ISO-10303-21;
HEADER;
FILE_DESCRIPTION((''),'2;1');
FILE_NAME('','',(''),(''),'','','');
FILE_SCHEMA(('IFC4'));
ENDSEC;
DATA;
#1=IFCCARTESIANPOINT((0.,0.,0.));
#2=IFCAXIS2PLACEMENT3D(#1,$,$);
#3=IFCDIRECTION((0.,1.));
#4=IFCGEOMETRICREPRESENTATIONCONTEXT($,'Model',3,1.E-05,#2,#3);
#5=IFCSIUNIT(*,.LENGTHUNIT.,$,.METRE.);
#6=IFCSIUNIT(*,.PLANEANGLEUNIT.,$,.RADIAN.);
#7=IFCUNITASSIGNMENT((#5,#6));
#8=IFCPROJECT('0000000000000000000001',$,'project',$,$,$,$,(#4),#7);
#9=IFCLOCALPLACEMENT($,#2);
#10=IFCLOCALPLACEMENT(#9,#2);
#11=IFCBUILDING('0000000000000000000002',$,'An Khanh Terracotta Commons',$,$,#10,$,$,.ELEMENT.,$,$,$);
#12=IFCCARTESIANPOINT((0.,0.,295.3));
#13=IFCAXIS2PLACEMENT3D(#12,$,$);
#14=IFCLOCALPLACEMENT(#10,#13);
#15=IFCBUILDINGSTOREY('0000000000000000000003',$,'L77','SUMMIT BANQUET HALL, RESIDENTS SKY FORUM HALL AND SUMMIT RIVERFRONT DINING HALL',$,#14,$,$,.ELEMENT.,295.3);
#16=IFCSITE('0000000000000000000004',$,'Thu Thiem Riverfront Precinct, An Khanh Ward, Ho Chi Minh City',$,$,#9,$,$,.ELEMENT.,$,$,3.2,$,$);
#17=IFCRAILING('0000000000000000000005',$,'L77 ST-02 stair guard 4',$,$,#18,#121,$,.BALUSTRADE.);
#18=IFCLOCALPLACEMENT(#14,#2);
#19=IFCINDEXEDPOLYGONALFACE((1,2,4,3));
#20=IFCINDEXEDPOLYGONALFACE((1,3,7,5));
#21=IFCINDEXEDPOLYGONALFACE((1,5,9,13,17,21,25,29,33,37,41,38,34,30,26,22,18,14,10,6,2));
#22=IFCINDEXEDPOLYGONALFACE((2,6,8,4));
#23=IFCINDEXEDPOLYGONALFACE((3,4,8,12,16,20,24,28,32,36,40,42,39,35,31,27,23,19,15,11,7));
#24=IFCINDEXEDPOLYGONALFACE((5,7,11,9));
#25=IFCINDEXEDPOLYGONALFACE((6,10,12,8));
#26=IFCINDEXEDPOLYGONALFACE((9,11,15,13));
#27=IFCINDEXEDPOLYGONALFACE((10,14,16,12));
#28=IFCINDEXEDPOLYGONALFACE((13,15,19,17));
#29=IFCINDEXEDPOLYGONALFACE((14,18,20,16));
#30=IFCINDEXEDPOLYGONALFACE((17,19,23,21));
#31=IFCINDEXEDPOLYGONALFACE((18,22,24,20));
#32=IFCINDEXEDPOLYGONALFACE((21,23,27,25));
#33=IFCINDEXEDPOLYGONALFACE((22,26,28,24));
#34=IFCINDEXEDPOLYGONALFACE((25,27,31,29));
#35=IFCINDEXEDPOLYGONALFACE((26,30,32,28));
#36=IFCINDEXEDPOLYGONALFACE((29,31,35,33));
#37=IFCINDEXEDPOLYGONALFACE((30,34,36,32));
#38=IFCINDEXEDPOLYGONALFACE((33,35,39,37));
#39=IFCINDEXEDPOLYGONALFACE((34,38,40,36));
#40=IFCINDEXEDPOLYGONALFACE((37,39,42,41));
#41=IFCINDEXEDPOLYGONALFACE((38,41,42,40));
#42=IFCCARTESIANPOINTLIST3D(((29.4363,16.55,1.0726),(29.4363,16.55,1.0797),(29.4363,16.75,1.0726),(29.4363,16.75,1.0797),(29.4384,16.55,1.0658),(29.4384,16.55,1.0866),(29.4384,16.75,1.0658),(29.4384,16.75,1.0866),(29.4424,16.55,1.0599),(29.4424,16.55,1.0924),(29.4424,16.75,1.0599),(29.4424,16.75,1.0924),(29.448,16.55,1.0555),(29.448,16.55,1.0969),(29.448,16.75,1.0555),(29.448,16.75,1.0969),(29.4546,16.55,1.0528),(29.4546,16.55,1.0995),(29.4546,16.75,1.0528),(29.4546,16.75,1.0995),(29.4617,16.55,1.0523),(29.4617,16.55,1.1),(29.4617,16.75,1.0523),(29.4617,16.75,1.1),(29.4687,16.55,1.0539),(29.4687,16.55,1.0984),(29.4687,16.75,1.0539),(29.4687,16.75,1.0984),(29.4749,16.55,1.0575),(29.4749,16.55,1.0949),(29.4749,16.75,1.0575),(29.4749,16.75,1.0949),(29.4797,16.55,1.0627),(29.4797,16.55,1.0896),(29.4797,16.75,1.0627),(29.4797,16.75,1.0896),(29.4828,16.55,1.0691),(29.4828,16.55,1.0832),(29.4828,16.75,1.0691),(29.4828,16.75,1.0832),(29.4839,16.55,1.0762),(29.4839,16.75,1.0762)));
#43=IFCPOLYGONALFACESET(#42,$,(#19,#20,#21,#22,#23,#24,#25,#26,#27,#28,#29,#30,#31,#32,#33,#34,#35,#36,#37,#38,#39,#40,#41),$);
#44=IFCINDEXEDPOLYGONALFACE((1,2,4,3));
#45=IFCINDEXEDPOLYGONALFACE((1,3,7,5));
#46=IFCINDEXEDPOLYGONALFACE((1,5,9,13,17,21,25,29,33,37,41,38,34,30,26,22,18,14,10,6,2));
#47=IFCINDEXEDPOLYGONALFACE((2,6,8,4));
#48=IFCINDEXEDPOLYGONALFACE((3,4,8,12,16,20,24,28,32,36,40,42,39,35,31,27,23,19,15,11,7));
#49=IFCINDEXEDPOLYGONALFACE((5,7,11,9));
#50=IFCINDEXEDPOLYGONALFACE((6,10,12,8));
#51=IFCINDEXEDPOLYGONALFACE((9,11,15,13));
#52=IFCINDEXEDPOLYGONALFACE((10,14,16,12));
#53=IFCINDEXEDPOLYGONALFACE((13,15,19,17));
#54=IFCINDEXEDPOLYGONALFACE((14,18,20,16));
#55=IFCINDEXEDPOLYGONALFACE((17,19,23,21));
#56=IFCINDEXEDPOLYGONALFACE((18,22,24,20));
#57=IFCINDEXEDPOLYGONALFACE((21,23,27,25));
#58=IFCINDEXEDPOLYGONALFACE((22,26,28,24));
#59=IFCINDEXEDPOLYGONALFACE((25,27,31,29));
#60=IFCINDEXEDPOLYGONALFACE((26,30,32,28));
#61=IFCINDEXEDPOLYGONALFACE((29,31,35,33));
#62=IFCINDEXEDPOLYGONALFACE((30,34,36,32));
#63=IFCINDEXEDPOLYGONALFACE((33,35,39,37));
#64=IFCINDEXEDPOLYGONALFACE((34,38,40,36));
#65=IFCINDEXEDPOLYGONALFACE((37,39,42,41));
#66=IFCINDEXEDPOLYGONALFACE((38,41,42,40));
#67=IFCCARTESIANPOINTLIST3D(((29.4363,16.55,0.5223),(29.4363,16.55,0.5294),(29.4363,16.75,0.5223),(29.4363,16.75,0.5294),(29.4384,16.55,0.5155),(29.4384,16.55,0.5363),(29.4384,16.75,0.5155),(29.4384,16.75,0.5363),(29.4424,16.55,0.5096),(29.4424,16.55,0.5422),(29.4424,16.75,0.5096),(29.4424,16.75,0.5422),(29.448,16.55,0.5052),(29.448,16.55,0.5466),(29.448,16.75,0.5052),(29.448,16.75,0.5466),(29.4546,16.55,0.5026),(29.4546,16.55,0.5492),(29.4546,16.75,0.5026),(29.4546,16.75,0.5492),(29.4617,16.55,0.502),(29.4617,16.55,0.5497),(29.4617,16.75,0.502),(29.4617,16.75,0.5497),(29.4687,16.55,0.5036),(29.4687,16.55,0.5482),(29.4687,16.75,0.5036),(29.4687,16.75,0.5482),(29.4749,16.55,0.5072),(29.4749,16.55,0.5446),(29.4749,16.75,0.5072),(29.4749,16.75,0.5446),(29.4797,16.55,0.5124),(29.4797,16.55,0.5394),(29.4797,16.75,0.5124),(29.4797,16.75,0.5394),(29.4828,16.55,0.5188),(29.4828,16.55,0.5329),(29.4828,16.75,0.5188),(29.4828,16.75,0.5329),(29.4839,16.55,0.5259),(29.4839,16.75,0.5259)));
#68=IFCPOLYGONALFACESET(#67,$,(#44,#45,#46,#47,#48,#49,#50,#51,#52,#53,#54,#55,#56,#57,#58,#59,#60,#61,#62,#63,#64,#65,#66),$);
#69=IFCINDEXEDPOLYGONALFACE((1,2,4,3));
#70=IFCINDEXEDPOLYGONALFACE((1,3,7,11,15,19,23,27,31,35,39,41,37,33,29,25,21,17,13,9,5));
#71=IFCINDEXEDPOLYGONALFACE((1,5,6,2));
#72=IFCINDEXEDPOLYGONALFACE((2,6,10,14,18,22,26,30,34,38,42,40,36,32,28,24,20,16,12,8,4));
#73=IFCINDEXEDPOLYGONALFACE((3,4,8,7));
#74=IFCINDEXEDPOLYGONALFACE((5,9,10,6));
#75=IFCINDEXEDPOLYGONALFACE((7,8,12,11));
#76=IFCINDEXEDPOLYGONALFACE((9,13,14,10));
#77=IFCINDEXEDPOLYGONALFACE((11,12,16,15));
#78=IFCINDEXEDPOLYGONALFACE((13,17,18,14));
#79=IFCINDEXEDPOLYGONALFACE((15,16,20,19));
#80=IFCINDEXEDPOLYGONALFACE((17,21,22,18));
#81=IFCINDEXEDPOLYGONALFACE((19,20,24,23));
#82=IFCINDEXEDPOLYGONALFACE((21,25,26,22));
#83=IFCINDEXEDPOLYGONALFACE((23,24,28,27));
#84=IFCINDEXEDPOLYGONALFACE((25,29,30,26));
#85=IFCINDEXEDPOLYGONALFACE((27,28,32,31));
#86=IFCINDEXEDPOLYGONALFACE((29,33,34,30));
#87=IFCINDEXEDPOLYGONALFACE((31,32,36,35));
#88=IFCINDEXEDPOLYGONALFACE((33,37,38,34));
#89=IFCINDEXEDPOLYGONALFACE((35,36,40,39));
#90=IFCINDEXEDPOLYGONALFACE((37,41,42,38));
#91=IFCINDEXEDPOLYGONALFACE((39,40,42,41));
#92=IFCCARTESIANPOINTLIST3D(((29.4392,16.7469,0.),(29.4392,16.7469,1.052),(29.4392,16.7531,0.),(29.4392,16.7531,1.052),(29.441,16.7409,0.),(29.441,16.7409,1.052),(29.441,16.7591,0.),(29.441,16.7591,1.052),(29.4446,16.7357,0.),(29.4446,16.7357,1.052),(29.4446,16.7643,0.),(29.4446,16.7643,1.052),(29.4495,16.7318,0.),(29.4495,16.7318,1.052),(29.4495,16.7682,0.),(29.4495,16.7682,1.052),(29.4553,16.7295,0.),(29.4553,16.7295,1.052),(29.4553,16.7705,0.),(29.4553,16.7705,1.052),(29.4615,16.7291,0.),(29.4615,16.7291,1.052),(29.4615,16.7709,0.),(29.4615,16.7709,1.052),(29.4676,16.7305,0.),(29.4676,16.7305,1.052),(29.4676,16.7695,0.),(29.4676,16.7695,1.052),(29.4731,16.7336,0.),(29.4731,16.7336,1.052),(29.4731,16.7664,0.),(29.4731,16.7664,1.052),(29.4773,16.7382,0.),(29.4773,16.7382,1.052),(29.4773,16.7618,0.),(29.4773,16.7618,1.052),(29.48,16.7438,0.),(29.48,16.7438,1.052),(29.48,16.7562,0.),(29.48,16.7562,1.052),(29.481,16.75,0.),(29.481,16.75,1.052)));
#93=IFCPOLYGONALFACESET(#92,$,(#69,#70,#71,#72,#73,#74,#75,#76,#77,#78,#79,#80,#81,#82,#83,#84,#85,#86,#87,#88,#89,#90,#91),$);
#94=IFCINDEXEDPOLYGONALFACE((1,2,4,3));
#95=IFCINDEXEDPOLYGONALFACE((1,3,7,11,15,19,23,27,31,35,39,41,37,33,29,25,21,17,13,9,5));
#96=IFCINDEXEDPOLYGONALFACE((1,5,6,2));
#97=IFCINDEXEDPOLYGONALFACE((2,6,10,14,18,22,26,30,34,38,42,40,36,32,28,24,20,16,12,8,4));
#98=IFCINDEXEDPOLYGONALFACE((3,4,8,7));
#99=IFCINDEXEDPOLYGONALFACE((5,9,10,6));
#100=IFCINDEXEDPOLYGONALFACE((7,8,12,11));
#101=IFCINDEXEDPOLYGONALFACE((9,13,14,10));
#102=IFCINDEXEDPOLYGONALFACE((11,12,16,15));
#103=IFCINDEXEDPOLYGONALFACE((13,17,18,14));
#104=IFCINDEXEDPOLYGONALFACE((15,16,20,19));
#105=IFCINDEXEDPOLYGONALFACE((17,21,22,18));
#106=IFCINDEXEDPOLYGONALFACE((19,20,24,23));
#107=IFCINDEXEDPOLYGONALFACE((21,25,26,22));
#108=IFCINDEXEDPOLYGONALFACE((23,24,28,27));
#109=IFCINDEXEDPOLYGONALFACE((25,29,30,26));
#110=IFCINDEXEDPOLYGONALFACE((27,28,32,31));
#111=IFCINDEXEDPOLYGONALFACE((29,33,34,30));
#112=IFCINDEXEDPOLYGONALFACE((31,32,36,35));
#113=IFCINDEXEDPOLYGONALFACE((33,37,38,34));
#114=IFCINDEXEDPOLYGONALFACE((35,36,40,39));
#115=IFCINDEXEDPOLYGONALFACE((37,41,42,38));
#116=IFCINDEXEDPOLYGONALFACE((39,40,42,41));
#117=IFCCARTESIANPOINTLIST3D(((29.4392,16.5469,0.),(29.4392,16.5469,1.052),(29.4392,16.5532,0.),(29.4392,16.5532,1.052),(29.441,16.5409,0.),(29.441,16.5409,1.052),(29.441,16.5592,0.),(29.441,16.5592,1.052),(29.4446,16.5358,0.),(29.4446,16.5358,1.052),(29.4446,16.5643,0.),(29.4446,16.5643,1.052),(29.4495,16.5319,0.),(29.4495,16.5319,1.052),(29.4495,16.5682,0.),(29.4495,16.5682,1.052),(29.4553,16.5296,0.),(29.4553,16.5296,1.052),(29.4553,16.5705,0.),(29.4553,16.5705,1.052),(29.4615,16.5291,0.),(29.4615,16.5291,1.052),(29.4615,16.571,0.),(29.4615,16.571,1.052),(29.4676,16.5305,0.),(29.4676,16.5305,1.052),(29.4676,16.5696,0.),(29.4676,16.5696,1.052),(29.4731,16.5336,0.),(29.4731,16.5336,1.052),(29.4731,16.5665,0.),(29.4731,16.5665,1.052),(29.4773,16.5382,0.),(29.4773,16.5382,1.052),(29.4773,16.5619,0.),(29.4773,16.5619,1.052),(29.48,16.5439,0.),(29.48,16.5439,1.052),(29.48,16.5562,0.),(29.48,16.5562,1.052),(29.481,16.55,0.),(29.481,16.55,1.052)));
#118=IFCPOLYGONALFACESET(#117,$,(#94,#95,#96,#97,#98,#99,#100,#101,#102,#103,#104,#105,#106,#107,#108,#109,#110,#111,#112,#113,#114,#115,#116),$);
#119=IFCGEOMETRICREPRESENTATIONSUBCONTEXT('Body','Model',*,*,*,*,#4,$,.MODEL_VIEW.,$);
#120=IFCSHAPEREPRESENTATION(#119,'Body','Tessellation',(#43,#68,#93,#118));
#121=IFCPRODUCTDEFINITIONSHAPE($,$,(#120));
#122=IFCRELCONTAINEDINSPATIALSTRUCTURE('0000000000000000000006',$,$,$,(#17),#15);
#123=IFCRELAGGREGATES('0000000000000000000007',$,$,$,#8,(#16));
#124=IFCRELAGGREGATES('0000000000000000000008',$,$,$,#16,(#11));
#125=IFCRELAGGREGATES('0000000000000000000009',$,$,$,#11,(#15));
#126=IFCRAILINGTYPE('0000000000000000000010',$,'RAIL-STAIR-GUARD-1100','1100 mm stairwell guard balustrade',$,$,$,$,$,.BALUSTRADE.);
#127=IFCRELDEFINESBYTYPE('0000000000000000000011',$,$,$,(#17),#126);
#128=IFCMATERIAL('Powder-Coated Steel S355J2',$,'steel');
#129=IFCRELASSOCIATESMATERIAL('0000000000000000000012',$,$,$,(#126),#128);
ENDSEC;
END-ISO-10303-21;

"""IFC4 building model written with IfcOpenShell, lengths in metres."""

from ifc_helpers import new_model, si_unit, direction, frame, origin, origin_2d, place, context, subcontext, project, spatial, circle, extrude, material, type_object, element, save


model = new_model("IFC4")

# Units and contexts
model_context = context("Model", 3, precision=1e-05, world=origin(), true_north=direction((0.0, 1.0)))
body_context = subcontext(model_context, "Body", "Model", "MODEL_VIEW")
ifc_project = project(units=[si_unit("LENGTHUNIT", "METRE"), si_unit("PLANEANGLEUNIT", "RADIAN")], contexts=[model_context])

# Site, building, storey
site_placement = place(None, origin())
site = spatial("IfcSite", under=ifc_project, at=site_placement, Name="Thu Thiem Riverfront Precinct, An Khanh Ward, Ho Chi Minh City", CompositionType="ELEMENT", RefElevation=3.2)
building_placement = place(site_placement, origin())
building = spatial("IfcBuilding", under=site, at=building_placement, Name="An Khanh Terracotta Commons", CompositionType="ELEMENT")
storey_placement = place(building_placement, frame((0.0, 0.0, 295.3)))
storey = spatial("IfcBuildingStorey", under=building, at=storey_placement, Name="L77", Description="SUMMIT BANQUET HALL, RESIDENTS SKY FORUM HALL AND SUMMIT RIVERFRONT DINING HALL", CompositionType="ELEMENT", Elevation=295.3)

# Railing
ifc_material_1 = material(Name="Powder-Coated Steel S355J2", Category="steel")
railing_type_1 = type_object("IfcRailingType", Name="RAIL-STAIR-GUARD-1100", Description="1100 mm stairwell guard balustrade", PredefinedType="BALUSTRADE", material=ifc_material_1)
railing_1_placement = place(storey_placement, frame((29.46, 16.75, 0.0)))
element("IfcRailing", 1, at=railing_1_placement, inside=storey, type_object=railing_type_1, Name="L77 ST-02 stair guard 4", PredefinedType="BALUSTRADE", context=body_context, shape_type="SweptSolid", body=[
    extrude(circle(Radius=0.0239, at=origin_2d()), frame((0.0, 0.0, 1.0762), z_axis=(0.0, -1.0, 0.0), x_axis=(1.0, 0.0, 0.0)), (0.0, 0.0, 1.0), 0.2),
    extrude(circle(Radius=0.0239, at=origin_2d()), frame((0.0, 0.0, 0.5259), z_axis=(0.0, -1.0, 0.0), x_axis=(1.0, 0.0, 0.0)), (0.0, 0.0, 1.0), 0.2),
    extrude(circle(Radius=0.021, at=origin_2d()), origin(), (0.0, 0.0, 1.0), 1.052),
    extrude(circle(Radius=0.021, at=origin_2d()), frame((0.0, -0.2, 0.0)), (0.0, 0.0, 1.0), 1.052),
])

save(model, "model.ifc")
